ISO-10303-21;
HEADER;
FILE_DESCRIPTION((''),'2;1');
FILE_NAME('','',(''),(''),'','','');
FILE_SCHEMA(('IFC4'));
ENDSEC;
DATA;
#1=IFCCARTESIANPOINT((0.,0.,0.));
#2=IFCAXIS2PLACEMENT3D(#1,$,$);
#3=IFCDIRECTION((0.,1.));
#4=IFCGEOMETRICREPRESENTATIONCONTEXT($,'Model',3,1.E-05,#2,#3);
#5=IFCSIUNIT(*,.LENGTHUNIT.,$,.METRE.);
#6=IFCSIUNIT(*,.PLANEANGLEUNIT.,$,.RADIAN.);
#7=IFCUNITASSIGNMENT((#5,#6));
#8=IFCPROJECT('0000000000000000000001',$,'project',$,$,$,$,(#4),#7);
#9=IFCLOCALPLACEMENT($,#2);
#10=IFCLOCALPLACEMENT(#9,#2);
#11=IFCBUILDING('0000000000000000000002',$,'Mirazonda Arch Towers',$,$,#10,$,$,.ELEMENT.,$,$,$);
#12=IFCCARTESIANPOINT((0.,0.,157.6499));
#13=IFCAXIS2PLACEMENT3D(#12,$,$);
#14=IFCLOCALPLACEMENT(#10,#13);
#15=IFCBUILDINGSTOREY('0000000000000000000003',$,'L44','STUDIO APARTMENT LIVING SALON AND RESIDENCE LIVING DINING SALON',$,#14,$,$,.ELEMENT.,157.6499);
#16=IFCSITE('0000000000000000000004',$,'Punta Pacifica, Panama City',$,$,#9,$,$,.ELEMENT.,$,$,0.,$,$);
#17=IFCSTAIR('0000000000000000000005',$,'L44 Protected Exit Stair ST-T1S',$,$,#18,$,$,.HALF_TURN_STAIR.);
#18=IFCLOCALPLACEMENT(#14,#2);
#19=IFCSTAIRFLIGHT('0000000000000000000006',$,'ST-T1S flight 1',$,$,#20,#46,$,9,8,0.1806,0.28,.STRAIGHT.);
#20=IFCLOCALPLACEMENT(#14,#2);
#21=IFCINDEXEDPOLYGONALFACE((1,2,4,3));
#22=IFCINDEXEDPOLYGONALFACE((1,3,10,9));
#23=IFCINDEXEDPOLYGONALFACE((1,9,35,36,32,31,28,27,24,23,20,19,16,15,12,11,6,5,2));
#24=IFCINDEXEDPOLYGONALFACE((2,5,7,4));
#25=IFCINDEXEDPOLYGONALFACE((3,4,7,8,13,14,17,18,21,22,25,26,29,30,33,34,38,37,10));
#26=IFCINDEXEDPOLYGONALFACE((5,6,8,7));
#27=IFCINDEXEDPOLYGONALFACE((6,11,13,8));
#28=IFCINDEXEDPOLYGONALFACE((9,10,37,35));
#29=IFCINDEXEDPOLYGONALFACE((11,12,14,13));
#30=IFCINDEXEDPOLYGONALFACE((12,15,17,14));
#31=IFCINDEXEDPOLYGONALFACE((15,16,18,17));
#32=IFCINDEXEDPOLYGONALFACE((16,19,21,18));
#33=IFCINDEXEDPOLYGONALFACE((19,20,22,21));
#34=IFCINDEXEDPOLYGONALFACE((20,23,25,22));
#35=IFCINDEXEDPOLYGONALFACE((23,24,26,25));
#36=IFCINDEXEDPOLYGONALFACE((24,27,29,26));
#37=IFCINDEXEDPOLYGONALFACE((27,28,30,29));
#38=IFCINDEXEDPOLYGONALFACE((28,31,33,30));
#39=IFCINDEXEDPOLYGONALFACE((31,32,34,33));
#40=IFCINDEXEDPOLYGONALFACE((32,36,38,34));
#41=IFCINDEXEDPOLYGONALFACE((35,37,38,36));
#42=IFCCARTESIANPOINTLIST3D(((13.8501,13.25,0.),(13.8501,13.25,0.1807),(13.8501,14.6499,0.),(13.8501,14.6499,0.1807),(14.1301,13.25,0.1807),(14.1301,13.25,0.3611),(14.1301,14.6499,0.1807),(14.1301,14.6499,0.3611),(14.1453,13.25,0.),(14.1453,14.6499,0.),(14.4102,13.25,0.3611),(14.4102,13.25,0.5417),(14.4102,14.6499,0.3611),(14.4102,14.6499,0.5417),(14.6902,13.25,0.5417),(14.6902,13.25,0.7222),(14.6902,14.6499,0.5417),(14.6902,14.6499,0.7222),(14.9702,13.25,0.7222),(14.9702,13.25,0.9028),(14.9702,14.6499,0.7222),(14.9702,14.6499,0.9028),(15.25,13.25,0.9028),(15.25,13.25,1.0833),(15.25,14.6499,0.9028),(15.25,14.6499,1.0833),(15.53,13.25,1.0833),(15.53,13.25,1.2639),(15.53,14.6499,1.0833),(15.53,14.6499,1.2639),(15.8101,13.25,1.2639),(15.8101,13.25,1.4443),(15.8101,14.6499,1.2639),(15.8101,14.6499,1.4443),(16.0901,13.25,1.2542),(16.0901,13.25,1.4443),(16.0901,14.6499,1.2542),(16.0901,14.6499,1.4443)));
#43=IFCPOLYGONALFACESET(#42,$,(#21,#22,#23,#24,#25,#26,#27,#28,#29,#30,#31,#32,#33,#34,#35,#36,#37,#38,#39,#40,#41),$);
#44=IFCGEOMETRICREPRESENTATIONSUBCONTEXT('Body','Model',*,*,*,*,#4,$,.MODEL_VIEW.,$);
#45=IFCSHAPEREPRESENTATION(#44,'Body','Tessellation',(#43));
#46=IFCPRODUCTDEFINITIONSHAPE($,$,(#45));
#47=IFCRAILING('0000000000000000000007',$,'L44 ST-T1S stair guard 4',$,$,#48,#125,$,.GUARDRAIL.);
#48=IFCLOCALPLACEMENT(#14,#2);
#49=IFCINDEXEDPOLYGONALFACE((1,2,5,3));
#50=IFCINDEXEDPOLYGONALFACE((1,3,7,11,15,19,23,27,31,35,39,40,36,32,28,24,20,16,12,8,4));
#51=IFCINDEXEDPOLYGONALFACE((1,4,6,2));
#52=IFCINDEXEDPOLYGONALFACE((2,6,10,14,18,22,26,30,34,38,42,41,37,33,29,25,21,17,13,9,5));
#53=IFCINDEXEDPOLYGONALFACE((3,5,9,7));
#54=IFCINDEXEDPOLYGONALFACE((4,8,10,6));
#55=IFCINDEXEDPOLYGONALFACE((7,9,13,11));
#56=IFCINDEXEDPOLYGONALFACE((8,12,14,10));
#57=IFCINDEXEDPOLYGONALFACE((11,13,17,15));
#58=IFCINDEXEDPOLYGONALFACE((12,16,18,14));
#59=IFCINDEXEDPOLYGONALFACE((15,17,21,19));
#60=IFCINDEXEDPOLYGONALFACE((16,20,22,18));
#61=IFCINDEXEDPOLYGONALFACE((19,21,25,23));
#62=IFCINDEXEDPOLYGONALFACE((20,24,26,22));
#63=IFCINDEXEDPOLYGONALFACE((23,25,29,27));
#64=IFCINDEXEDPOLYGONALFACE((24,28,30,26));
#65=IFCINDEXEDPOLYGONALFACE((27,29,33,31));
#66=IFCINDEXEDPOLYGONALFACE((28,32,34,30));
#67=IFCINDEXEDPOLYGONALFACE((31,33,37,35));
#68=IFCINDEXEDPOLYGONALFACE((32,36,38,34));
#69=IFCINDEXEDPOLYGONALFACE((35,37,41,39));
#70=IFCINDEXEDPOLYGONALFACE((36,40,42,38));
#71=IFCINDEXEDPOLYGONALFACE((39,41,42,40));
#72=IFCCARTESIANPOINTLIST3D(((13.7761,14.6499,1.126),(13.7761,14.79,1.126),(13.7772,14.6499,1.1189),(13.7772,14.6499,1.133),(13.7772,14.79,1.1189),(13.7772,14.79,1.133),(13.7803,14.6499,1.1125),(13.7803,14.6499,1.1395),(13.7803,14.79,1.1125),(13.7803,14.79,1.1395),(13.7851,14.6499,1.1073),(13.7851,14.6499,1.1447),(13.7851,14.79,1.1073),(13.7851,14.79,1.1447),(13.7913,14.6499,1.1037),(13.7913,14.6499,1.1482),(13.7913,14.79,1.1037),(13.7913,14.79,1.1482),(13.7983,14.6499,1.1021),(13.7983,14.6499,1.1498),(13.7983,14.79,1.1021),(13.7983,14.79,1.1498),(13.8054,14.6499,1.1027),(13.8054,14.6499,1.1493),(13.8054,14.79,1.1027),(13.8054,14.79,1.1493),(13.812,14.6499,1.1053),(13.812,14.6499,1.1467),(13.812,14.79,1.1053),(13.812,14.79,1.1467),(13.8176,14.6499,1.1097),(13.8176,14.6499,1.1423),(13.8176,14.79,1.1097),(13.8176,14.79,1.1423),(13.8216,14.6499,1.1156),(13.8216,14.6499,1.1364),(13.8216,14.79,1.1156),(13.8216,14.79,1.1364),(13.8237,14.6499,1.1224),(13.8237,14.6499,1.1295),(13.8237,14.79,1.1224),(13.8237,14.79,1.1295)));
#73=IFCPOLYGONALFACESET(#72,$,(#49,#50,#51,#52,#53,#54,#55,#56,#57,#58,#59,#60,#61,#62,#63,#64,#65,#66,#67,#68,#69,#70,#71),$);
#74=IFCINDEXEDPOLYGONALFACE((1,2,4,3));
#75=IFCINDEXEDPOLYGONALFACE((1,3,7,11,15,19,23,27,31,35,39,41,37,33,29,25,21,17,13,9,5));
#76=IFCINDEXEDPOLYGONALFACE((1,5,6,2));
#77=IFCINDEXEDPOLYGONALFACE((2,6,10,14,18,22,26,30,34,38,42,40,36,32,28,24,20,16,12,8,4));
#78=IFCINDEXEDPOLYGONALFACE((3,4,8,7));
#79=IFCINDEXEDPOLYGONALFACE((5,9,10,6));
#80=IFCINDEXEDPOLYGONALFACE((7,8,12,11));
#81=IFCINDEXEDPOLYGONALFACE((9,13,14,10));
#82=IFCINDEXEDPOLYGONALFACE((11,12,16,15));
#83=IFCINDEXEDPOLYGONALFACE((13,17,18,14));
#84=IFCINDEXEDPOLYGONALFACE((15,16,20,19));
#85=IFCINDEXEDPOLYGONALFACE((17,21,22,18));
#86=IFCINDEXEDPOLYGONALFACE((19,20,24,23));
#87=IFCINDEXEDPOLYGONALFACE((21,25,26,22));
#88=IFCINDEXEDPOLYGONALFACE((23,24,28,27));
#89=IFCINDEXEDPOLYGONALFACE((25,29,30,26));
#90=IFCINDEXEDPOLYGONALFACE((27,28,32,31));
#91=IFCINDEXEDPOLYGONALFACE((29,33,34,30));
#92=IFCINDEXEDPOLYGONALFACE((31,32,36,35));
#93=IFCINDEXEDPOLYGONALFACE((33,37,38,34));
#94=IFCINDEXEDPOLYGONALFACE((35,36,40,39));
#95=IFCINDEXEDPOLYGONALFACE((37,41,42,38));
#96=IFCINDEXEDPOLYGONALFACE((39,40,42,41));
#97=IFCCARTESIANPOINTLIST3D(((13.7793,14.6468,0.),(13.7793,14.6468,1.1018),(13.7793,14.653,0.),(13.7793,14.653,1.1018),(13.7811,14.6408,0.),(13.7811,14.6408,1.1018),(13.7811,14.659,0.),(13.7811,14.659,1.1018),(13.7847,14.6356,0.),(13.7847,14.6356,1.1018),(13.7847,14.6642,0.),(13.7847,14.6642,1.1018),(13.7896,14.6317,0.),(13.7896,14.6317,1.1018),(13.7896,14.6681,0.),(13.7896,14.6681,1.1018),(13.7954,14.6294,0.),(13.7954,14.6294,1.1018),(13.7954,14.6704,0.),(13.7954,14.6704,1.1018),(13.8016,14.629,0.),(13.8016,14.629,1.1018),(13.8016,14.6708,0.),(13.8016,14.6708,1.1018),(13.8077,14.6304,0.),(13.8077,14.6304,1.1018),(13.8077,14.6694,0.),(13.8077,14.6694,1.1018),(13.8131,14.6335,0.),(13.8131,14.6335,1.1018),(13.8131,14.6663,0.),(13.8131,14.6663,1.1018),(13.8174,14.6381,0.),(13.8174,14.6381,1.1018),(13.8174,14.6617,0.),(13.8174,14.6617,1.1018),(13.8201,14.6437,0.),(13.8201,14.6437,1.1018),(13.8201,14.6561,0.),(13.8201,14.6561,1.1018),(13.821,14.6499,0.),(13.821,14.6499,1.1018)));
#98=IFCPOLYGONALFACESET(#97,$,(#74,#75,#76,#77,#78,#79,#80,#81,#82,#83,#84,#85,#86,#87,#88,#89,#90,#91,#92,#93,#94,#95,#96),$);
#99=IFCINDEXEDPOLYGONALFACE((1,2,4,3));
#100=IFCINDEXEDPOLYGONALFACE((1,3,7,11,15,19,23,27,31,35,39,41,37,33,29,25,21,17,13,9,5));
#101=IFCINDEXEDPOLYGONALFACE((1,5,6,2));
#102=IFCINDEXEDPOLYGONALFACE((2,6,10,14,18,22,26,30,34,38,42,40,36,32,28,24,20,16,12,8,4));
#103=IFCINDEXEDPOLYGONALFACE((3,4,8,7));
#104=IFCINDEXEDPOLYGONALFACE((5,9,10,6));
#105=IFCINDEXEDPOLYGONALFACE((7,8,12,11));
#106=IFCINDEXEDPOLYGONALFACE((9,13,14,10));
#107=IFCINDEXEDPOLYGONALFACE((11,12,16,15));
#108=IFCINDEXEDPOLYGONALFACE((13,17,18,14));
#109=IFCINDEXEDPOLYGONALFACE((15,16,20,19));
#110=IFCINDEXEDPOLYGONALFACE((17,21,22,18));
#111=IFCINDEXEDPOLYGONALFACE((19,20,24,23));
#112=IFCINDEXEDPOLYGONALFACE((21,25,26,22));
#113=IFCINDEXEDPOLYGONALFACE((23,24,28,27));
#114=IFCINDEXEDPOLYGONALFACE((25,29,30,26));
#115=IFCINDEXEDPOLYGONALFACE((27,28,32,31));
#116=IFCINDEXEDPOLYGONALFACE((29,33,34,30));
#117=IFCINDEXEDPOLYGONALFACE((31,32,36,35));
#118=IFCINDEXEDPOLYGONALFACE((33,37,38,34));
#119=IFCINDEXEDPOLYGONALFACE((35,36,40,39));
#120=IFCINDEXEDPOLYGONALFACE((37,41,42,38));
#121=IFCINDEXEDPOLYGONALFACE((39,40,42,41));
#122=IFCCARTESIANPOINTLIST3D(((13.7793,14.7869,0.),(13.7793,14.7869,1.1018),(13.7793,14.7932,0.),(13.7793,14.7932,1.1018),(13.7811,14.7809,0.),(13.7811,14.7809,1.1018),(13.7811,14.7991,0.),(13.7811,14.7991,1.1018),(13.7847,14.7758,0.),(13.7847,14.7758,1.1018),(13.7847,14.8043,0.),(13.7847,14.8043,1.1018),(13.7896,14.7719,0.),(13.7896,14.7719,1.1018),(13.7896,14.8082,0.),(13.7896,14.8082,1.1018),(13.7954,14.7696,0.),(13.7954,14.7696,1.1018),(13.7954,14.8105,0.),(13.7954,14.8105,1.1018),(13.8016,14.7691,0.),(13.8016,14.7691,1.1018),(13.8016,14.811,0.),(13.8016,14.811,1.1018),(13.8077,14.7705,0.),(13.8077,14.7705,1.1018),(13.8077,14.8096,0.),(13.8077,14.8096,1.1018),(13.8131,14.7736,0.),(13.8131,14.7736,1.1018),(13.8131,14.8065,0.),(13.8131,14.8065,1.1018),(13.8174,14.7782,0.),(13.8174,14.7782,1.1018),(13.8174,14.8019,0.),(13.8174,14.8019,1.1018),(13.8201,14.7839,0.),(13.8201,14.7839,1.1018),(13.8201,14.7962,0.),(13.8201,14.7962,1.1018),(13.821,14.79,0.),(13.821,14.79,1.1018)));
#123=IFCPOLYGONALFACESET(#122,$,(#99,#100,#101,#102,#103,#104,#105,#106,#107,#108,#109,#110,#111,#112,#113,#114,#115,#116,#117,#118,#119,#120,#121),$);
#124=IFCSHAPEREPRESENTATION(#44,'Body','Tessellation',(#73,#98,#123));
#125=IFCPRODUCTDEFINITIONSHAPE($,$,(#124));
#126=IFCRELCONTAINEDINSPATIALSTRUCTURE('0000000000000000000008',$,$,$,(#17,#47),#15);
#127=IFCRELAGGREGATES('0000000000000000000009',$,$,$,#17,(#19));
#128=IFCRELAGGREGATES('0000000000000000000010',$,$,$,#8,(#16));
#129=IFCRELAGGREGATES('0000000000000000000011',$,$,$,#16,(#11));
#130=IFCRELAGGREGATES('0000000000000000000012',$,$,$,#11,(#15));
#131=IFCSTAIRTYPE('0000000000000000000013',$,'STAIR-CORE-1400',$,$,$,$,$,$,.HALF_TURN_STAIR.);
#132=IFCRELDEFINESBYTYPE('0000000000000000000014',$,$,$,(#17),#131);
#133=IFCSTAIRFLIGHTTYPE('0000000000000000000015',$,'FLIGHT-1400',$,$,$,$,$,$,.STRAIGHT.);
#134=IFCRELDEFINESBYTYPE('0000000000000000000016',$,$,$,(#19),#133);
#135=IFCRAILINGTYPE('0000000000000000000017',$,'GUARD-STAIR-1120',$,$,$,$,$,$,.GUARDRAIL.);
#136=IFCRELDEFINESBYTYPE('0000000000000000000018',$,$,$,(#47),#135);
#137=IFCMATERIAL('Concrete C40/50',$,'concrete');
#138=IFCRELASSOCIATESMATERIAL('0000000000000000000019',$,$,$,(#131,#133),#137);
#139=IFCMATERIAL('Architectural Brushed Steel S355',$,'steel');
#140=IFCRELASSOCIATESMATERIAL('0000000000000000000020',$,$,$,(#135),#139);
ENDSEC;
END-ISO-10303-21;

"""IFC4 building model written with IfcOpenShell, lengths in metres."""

from ifc_helpers import new_model, si_unit, direction, frame, origin, origin_2d, place, context, subcontext, project, spatial, polyline, circle, outline, extrude, material, type_object, element, aggregate, save


model = new_model("IFC4")

# Units and contexts
model_context = context("Model", 3, precision=1e-05, world=origin(), true_north=direction((0.0, 1.0)))
body_context = subcontext(model_context, "Body", "Model", "MODEL_VIEW")
ifc_project = project(units=[si_unit("LENGTHUNIT", "METRE"), si_unit("PLANEANGLEUNIT", "RADIAN")], contexts=[model_context])

# Site, building, storey
site_placement = place(None, origin())
site = spatial("IfcSite", under=ifc_project, at=site_placement, Name="Punta Pacifica, Panama City", CompositionType="ELEMENT", RefElevation=0.0)
building_placement = place(site_placement, origin())
building = spatial("IfcBuilding", under=site, at=building_placement, Name="Mirazonda Arch Towers", CompositionType="ELEMENT")
storey_placement = place(building_placement, frame((0.0, 0.0, 157.6499)))
storey = spatial("IfcBuildingStorey", under=building, at=storey_placement, Name="L44", Description="STUDIO APARTMENT LIVING SALON AND RESIDENCE LIVING DINING SALON", CompositionType="ELEMENT", Elevation=157.6499)

# Stair
ifc_material_1 = material(Name="Concrete C40/50", Category="concrete")
stair_type = type_object("IfcStairType", Name="STAIR-CORE-1400", PredefinedType="HALF_TURN_STAIR", material=ifc_material_1)
stair_1_placement = place(storey_placement, origin())
stair_1 = element("IfcStair", 1, at=stair_1_placement, inside=storey, type_object=stair_type, Name="L44 Protected Exit Stair ST-T1S", PredefinedType="HALF_TURN_STAIR")

# Shared definitions
ifc_material_2 = material(Name="Architectural Brushed Steel S355", Category="steel")

# Stair flight
stair_flight_type = type_object("IfcStairFlightType", Name="FLIGHT-1400", PredefinedType="STRAIGHT", material=ifc_material_1)
stair_flight_placement = place(storey_placement, frame((13.8501, 13.95, 0.0), z_axis=(0.0, 0.0, 1.0), x_axis=(1.0, 0.0, 0.0)))
stair_flight = element("IfcStairFlight", 2, at=stair_flight_placement, type_object=stair_flight_type, Name="ST-T1S flight 1", NumberOfRisers=9, NumberOfTreads=8, PredefinedType="STRAIGHT", RiserHeight=0.1806, TreadLength=0.28, context=body_context, shape_type="SweptSolid", body=[
    extrude(outline(polyline([(0.0, 0.0), (0.0, 0.1807), (0.28, 0.1807), (0.28, 0.3611), (0.5601, 0.3611), (0.5601, 0.5417), (0.8401, 0.5417), (0.8401, 0.7222), (1.1201, 0.7222), (1.1201, 0.9028), (1.3999, 0.9028), (1.3999, 1.0833), (1.6799, 1.0833), (1.6799, 1.2639), (1.96, 1.2639), (1.96, 1.4443), (2.24, 1.4443), (2.24, 1.625), (2.24, 1.2542), (0.2952, 0.0), (0.0, 0.0)])), frame((0.0, 0.7, 0.0), z_axis=(0.0, -1.0, 0.0), x_axis=(1.0, 0.0, 0.0)), (0.0, 0.0, 1.0), 1.3999),
])
aggregate(stair_1, [stair_flight])

# Railing
railing_type_1 = type_object("IfcRailingType", Name="GUARD-STAIR-1120", PredefinedType="GUARDRAIL", material=ifc_material_2)
railing_1_placement = place(storey_placement, frame((13.8, 14.6499, 0.0)))
element("IfcRailing", 3, at=railing_1_placement, inside=storey, type_object=railing_type_1, Name="L44 ST-T1S stair guard 4", PredefinedType="GUARDRAIL", context=body_context, shape_type="SweptSolid", body=[
    extrude(circle(Radius=0.0239, at=origin_2d()), frame((0.0, 0.0, 1.126), z_axis=(0.0, 1.0, 0.0), x_axis=(-1.0, 0.0, 0.0)), (0.0, 0.0, 1.0), 0.1401),
    extrude(circle(Radius=0.021, at=origin_2d()), origin(), (0.0, 0.0, 1.0), 1.1018),
    extrude(circle(Radius=0.021, at=origin_2d()), frame((0.0, 0.1401, 0.0)), (0.0, 0.0, 1.0), 1.1018),
])

save(model, "model.ifc")
